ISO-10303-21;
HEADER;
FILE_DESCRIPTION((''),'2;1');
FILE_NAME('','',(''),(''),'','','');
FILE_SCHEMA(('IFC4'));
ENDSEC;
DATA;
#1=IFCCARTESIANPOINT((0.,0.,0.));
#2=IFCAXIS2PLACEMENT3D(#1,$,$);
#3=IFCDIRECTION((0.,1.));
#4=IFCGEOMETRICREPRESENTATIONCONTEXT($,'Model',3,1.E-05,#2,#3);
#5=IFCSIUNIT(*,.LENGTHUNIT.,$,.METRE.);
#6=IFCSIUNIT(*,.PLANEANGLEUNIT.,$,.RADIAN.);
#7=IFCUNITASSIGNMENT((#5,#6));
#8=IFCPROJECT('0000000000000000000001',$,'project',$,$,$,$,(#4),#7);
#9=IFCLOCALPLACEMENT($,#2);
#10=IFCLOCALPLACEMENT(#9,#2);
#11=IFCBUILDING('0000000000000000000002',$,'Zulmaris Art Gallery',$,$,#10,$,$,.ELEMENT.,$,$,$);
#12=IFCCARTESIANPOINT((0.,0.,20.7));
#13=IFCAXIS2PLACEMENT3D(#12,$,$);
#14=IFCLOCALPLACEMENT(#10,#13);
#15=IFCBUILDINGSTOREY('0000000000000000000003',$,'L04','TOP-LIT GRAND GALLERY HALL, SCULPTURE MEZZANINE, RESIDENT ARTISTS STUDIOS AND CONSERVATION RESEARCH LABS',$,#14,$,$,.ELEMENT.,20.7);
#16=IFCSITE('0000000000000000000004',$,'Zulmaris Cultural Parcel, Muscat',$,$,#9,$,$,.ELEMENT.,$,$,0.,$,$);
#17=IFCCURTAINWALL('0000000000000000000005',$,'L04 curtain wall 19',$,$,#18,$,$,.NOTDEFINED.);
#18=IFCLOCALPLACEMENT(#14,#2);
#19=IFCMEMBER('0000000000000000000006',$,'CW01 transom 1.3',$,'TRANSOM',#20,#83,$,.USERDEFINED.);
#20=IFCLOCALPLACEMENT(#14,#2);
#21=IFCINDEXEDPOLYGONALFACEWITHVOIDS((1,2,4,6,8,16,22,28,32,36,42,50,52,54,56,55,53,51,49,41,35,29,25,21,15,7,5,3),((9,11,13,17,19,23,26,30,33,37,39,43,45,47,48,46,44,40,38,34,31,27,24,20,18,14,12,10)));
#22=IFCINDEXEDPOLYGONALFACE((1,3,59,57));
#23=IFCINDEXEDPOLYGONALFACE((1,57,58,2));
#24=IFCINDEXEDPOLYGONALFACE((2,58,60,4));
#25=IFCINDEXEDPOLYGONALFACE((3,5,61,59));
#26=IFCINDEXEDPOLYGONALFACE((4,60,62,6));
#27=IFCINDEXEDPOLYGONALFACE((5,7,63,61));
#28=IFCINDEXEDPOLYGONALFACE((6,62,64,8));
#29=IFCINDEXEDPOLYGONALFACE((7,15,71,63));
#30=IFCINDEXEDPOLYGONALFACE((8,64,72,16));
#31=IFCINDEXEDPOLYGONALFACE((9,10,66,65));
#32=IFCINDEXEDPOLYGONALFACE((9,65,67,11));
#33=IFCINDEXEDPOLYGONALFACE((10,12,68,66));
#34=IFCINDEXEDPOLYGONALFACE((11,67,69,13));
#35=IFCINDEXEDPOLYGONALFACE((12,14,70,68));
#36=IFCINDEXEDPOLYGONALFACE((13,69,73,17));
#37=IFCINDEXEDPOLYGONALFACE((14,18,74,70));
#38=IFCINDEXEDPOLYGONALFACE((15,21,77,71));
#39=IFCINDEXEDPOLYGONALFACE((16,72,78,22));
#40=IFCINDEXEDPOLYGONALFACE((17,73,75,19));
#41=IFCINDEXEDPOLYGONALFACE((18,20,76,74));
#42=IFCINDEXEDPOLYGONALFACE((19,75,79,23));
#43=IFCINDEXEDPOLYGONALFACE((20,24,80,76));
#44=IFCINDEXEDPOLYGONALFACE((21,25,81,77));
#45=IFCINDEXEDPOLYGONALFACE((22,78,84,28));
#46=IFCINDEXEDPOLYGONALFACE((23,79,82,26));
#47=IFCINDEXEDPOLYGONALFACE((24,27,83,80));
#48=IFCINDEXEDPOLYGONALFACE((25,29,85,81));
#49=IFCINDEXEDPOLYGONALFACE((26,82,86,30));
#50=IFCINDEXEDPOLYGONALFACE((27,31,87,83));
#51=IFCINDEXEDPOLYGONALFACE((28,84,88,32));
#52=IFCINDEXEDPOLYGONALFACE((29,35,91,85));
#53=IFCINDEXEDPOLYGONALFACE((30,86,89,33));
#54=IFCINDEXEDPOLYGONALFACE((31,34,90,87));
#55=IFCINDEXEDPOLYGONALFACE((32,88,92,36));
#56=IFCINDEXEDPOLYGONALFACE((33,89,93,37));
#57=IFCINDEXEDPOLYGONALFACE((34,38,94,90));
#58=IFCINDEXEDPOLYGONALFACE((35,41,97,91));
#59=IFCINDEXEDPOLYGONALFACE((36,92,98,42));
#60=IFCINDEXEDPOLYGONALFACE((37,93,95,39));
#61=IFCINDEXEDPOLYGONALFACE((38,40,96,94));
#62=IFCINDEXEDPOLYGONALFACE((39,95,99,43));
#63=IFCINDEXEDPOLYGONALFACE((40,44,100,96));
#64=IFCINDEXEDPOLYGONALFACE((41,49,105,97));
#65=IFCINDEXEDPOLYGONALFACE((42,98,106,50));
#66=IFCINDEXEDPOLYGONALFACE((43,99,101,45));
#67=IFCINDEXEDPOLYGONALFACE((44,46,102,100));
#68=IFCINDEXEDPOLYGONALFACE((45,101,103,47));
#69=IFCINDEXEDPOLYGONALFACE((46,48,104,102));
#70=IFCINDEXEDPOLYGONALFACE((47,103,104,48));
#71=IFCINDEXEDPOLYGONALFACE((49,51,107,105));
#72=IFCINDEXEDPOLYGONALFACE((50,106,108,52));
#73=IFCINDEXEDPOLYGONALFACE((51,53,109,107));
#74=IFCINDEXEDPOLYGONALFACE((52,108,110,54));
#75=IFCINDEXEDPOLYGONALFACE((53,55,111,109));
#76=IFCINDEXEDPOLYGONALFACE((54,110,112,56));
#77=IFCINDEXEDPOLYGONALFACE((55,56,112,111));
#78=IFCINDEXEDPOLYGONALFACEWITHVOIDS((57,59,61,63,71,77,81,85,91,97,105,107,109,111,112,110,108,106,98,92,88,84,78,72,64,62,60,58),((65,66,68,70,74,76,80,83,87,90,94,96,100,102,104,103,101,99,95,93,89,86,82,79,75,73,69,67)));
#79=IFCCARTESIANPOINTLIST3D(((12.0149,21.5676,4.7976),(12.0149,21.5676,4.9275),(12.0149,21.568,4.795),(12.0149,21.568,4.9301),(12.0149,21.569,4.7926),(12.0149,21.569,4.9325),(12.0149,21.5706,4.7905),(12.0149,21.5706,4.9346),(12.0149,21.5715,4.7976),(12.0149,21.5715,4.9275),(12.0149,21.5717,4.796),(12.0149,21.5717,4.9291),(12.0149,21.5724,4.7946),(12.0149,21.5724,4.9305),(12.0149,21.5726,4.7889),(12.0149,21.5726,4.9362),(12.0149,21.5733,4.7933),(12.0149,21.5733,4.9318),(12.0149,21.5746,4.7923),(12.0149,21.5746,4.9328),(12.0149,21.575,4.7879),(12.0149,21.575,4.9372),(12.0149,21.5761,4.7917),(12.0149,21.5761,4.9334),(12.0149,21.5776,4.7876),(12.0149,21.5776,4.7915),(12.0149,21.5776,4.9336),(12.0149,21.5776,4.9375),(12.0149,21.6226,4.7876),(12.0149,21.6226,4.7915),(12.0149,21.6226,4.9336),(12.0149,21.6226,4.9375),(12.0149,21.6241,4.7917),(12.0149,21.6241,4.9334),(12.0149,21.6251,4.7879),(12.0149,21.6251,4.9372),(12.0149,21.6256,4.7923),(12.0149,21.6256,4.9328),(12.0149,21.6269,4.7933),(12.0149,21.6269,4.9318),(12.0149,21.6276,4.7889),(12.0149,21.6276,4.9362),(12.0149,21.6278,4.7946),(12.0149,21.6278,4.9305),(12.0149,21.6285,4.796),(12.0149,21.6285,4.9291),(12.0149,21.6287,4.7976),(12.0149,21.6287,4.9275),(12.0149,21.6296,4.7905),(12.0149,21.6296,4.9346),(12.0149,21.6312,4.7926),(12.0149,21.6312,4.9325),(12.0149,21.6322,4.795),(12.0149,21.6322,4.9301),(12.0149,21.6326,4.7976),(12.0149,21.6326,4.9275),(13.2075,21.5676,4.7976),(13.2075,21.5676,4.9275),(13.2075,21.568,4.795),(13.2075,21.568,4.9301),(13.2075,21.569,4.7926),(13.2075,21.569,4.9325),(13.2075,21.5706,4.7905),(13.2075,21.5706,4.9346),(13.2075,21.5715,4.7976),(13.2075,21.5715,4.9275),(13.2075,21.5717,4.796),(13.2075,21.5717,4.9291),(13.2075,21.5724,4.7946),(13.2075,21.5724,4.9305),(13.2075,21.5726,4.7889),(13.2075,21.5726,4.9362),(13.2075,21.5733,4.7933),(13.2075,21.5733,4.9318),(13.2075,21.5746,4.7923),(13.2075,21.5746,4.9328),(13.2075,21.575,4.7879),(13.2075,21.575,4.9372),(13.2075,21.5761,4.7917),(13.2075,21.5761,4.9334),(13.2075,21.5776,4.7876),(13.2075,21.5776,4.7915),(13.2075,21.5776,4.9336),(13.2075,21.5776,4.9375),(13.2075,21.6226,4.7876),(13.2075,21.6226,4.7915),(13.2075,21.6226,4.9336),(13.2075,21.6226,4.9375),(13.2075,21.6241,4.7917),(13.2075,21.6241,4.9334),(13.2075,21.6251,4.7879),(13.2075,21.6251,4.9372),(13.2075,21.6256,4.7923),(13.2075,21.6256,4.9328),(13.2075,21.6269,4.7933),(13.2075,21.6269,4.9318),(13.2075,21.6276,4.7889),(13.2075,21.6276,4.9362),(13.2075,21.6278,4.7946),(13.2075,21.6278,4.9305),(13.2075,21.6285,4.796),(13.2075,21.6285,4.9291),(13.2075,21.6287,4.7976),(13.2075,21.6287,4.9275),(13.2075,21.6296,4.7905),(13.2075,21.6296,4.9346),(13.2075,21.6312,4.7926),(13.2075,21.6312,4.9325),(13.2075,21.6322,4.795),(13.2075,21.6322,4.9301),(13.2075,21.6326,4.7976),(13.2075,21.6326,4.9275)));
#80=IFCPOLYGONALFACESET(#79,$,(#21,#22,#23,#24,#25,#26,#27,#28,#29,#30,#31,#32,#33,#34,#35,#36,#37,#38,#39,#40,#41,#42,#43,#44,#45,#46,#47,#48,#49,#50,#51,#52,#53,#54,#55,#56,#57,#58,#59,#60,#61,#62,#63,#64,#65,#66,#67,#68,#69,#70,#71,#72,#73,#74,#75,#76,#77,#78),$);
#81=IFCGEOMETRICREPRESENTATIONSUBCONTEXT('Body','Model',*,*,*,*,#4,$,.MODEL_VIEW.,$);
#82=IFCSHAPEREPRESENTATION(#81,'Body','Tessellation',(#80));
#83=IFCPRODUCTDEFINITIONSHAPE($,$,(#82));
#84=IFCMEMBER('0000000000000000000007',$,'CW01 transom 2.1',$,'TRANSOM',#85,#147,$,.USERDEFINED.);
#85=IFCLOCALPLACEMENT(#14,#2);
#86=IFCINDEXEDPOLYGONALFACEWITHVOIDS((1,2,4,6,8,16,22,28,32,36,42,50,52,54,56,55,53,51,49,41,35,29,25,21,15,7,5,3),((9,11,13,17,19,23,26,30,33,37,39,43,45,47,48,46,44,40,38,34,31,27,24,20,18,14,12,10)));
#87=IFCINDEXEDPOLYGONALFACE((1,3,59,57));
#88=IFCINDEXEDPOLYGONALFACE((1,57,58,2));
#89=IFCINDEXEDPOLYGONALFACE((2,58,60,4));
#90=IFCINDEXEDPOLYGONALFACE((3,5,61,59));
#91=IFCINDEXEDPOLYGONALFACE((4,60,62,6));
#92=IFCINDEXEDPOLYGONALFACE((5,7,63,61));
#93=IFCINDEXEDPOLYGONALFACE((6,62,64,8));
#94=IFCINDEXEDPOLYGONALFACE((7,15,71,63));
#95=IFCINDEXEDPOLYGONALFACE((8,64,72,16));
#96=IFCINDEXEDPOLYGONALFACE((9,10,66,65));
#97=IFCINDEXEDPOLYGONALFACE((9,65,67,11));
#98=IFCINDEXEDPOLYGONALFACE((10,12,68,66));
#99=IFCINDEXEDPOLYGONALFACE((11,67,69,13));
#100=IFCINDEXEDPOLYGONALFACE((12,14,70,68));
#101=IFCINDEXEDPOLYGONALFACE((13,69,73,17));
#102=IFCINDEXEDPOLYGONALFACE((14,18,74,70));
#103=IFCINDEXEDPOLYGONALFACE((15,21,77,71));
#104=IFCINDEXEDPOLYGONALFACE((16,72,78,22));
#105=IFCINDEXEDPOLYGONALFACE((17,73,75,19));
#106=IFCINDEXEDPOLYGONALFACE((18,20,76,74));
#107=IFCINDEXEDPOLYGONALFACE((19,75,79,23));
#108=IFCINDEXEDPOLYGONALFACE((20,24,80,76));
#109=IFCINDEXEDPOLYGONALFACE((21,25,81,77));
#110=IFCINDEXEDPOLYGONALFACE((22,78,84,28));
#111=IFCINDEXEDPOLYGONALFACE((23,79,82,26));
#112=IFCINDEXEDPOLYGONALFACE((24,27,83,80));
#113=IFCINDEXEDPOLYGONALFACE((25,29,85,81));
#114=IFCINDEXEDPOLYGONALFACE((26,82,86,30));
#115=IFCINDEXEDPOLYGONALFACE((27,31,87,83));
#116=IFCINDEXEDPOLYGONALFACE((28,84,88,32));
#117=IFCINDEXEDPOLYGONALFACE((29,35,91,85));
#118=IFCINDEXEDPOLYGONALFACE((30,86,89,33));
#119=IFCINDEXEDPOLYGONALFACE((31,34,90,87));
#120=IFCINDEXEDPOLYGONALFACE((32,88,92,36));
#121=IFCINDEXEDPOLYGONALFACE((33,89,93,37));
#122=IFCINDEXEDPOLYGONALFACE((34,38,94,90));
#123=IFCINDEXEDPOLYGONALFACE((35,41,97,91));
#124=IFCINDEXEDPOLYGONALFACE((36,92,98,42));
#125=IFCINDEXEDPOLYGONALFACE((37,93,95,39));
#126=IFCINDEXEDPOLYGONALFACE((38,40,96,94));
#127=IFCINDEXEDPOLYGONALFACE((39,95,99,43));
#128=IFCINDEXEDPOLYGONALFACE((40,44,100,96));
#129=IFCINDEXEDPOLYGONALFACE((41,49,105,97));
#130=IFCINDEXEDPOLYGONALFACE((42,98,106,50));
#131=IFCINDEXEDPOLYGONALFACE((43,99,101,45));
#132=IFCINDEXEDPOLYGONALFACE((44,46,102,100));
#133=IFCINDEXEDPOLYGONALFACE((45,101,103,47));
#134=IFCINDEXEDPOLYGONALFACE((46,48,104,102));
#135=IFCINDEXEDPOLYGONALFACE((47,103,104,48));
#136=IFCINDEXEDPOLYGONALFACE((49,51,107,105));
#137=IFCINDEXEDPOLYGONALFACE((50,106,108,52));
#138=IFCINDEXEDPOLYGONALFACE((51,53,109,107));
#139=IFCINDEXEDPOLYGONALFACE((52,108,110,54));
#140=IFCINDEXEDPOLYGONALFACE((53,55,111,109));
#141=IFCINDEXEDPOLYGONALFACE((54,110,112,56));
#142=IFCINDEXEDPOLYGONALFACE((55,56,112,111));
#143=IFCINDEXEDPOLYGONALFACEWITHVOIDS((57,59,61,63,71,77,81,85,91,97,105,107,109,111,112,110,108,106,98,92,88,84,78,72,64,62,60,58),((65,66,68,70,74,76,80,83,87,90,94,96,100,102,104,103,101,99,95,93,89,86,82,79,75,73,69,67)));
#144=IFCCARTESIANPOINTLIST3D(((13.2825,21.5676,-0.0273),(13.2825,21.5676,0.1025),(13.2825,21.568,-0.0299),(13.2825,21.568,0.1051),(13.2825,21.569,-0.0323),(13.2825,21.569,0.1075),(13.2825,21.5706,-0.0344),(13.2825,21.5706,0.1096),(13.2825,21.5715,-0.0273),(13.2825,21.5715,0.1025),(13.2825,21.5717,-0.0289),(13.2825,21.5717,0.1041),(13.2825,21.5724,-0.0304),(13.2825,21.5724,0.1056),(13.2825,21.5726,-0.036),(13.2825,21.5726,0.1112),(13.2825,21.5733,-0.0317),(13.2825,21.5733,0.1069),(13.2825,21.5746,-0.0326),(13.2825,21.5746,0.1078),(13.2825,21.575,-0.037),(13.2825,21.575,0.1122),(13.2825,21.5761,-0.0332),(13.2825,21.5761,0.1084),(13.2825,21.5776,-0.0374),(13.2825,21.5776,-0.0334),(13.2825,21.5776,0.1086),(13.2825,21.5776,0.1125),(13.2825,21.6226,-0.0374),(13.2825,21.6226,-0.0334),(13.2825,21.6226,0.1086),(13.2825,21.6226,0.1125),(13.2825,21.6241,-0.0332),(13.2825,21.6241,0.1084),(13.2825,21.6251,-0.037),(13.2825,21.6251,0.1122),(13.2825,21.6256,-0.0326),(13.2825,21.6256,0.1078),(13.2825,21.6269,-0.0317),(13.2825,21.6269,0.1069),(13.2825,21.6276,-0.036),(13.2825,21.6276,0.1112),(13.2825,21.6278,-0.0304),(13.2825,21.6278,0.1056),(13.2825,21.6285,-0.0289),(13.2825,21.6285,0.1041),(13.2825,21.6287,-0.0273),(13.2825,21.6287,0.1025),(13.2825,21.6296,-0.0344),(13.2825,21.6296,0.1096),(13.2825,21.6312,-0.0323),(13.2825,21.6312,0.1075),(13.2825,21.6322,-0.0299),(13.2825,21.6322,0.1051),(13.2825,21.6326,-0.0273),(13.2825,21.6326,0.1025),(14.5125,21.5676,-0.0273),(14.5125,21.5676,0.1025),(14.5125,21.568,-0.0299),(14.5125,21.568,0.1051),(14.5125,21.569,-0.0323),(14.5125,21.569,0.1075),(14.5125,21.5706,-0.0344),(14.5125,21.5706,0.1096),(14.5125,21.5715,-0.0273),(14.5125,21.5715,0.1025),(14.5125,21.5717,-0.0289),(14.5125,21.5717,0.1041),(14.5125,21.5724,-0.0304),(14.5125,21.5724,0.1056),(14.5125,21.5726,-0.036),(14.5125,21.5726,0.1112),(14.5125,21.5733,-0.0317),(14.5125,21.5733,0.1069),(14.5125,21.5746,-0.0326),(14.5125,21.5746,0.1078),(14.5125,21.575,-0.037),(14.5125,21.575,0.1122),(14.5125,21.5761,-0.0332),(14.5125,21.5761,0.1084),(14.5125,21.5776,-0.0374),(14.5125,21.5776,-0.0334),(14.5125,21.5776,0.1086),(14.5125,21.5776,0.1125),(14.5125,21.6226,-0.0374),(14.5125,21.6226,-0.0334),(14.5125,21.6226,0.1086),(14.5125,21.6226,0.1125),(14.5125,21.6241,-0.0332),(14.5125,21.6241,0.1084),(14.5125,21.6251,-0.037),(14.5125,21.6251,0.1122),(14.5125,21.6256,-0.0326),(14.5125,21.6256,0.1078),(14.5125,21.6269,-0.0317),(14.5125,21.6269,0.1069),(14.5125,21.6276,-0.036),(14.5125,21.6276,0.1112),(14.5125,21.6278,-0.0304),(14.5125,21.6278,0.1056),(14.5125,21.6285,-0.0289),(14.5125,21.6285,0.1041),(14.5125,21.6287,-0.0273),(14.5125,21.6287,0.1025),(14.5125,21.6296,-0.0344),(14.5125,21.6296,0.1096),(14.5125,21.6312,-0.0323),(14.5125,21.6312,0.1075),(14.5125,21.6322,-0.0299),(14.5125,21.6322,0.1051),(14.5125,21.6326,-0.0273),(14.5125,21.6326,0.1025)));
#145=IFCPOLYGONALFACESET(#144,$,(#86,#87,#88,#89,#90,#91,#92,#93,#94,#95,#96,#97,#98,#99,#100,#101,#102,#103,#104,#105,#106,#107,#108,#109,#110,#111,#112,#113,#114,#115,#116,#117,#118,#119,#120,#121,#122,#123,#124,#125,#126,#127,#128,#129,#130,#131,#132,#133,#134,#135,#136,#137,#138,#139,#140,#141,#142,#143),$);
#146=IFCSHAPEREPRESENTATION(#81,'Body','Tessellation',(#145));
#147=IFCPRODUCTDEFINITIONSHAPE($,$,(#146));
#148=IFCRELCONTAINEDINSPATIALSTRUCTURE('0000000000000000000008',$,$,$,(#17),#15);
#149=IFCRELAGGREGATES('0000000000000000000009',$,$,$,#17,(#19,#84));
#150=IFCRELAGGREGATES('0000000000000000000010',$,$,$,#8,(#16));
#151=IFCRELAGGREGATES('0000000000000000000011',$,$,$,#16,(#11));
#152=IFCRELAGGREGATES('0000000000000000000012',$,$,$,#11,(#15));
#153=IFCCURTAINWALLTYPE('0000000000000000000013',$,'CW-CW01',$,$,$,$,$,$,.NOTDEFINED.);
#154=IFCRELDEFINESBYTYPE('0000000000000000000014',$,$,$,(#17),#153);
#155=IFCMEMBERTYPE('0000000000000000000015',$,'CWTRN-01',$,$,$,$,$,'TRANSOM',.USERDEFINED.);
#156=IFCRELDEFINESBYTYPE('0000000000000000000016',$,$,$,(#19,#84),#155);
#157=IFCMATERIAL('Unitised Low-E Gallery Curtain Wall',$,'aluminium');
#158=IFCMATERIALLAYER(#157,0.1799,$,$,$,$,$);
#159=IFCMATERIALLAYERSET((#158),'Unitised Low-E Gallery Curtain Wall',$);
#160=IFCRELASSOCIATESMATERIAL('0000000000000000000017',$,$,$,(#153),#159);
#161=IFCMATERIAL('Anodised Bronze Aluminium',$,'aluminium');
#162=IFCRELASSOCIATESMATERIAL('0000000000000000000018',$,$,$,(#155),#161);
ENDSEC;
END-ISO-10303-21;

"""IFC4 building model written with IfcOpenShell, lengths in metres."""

from ifc_helpers import new_model, si_unit, direction, frame, origin, origin_2d, place, context, subcontext, project, spatial, hollow_rectangle, extrude, material, layer, layer_set, material_profile, profile_set, type_object, element, aggregate, save


model = new_model("IFC4")

# Units and contexts
model_context = context("Model", 3, precision=1e-05, world=origin(), true_north=direction((0.0, 1.0)))
body_context = subcontext(model_context, "Body", "Model", "MODEL_VIEW")
ifc_project = project(units=[si_unit("LENGTHUNIT", "METRE"), si_unit("PLANEANGLEUNIT", "RADIAN")], contexts=[model_context])

# Site, building, storey
site_placement = place(None, origin())
site = spatial("IfcSite", under=ifc_project, at=site_placement, Name="Zulmaris Cultural Parcel, Muscat", CompositionType="ELEMENT", RefElevation=0.0)
building_placement = place(site_placement, origin())
building = spatial("IfcBuilding", under=site, at=building_placement, Name="Zulmaris Art Gallery", CompositionType="ELEMENT")
storey_placement = place(building_placement, frame((0.0, 0.0, 20.7)))
storey = spatial("IfcBuildingStorey", under=building, at=storey_placement, Name="L04", Description="TOP-LIT GRAND GALLERY HALL, SCULPTURE MEZZANINE, RESIDENT ARTISTS STUDIOS AND CONSERVATION RESEARCH LABS", CompositionType="ELEMENT", Elevation=20.7)

# Curtain wall, members
ifc_material_1 = material(Name="Unitised Low-E Gallery Curtain Wall", Category="aluminium")
ifc_layer_1 = layer(ifc_material_1, 0.1799)
ifc_layer_set_1 = layer_set([ifc_layer_1], Name="Unitised Low-E Gallery Curtain Wall")
curtain_wall_type = type_object("IfcCurtainWallType", Name="CW-CW01", PredefinedType="NOTDEFINED", material=ifc_layer_set_1)
curtain_wall_placement = place(storey_placement, origin())
curtain_wall = element("IfcCurtainWall", 1, at=curtain_wall_placement, inside=storey, type_object=curtain_wall_type, Name="L04 curtain wall 19", PredefinedType="NOTDEFINED")
ifc_material_2 = material(Name="Anodised Bronze Aluminium", Category="aluminium")
ifc_material_profile_1 = material_profile(ifc_material_2, hollow_rectangle(XDim=0.0649, YDim=0.1499, WallThickness=0.0039, InnerFilletRadius=0.0061, OuterFilletRadius=0.01, at=origin_2d()), Name="ALU 65x150x4")
ifc_profile_set_1 = profile_set([ifc_material_profile_1], Name="Anodised Bronze Aluminium")
member_type_1 = type_object("IfcMemberType", Name="CWTRN-01", ElementType="TRANSOM", PredefinedType="USERDEFINED", material=ifc_profile_set_1)
member_1_placement = place(storey_placement, frame((12.0149, 21.6001, 4.8625), z_axis=(1.0, 0.0, 0.0), x_axis=(0.0, 1.0, 0.0)))
member_1 = element("IfcMember", 2, at=member_1_placement, type_object=member_type_1, Name="CW01 transom 1.3", ObjectType="TRANSOM", PredefinedType="USERDEFINED", context=body_context, shape_type="SweptSolid", body=[
    extrude(hollow_rectangle(XDim=0.0649, YDim=0.1499, WallThickness=0.0039, InnerFilletRadius=0.0061, OuterFilletRadius=0.01, at=origin_2d()), origin(), (0.0, 0.0, 1.0), 1.1926),
])
member_2_placement = place(storey_placement, frame((13.2825, 21.6001, 0.0376), z_axis=(1.0, 0.0, 0.0), x_axis=(0.0, 1.0, 0.0)))
member_2 = element("IfcMember", 3, at=member_2_placement, type_object=member_type_1, Name="CW01 transom 2.1", ObjectType="TRANSOM", PredefinedType="USERDEFINED", context=body_context, shape_type="SweptSolid", body=[
    extrude(hollow_rectangle(XDim=0.0649, YDim=0.1499, WallThickness=0.0039, InnerFilletRadius=0.0061, OuterFilletRadius=0.01, at=origin_2d()), origin(), (0.0, 0.0, 1.0), 1.23),
])

aggregate(curtain_wall, [member_1, member_2])

save(model, "model.ifc")
